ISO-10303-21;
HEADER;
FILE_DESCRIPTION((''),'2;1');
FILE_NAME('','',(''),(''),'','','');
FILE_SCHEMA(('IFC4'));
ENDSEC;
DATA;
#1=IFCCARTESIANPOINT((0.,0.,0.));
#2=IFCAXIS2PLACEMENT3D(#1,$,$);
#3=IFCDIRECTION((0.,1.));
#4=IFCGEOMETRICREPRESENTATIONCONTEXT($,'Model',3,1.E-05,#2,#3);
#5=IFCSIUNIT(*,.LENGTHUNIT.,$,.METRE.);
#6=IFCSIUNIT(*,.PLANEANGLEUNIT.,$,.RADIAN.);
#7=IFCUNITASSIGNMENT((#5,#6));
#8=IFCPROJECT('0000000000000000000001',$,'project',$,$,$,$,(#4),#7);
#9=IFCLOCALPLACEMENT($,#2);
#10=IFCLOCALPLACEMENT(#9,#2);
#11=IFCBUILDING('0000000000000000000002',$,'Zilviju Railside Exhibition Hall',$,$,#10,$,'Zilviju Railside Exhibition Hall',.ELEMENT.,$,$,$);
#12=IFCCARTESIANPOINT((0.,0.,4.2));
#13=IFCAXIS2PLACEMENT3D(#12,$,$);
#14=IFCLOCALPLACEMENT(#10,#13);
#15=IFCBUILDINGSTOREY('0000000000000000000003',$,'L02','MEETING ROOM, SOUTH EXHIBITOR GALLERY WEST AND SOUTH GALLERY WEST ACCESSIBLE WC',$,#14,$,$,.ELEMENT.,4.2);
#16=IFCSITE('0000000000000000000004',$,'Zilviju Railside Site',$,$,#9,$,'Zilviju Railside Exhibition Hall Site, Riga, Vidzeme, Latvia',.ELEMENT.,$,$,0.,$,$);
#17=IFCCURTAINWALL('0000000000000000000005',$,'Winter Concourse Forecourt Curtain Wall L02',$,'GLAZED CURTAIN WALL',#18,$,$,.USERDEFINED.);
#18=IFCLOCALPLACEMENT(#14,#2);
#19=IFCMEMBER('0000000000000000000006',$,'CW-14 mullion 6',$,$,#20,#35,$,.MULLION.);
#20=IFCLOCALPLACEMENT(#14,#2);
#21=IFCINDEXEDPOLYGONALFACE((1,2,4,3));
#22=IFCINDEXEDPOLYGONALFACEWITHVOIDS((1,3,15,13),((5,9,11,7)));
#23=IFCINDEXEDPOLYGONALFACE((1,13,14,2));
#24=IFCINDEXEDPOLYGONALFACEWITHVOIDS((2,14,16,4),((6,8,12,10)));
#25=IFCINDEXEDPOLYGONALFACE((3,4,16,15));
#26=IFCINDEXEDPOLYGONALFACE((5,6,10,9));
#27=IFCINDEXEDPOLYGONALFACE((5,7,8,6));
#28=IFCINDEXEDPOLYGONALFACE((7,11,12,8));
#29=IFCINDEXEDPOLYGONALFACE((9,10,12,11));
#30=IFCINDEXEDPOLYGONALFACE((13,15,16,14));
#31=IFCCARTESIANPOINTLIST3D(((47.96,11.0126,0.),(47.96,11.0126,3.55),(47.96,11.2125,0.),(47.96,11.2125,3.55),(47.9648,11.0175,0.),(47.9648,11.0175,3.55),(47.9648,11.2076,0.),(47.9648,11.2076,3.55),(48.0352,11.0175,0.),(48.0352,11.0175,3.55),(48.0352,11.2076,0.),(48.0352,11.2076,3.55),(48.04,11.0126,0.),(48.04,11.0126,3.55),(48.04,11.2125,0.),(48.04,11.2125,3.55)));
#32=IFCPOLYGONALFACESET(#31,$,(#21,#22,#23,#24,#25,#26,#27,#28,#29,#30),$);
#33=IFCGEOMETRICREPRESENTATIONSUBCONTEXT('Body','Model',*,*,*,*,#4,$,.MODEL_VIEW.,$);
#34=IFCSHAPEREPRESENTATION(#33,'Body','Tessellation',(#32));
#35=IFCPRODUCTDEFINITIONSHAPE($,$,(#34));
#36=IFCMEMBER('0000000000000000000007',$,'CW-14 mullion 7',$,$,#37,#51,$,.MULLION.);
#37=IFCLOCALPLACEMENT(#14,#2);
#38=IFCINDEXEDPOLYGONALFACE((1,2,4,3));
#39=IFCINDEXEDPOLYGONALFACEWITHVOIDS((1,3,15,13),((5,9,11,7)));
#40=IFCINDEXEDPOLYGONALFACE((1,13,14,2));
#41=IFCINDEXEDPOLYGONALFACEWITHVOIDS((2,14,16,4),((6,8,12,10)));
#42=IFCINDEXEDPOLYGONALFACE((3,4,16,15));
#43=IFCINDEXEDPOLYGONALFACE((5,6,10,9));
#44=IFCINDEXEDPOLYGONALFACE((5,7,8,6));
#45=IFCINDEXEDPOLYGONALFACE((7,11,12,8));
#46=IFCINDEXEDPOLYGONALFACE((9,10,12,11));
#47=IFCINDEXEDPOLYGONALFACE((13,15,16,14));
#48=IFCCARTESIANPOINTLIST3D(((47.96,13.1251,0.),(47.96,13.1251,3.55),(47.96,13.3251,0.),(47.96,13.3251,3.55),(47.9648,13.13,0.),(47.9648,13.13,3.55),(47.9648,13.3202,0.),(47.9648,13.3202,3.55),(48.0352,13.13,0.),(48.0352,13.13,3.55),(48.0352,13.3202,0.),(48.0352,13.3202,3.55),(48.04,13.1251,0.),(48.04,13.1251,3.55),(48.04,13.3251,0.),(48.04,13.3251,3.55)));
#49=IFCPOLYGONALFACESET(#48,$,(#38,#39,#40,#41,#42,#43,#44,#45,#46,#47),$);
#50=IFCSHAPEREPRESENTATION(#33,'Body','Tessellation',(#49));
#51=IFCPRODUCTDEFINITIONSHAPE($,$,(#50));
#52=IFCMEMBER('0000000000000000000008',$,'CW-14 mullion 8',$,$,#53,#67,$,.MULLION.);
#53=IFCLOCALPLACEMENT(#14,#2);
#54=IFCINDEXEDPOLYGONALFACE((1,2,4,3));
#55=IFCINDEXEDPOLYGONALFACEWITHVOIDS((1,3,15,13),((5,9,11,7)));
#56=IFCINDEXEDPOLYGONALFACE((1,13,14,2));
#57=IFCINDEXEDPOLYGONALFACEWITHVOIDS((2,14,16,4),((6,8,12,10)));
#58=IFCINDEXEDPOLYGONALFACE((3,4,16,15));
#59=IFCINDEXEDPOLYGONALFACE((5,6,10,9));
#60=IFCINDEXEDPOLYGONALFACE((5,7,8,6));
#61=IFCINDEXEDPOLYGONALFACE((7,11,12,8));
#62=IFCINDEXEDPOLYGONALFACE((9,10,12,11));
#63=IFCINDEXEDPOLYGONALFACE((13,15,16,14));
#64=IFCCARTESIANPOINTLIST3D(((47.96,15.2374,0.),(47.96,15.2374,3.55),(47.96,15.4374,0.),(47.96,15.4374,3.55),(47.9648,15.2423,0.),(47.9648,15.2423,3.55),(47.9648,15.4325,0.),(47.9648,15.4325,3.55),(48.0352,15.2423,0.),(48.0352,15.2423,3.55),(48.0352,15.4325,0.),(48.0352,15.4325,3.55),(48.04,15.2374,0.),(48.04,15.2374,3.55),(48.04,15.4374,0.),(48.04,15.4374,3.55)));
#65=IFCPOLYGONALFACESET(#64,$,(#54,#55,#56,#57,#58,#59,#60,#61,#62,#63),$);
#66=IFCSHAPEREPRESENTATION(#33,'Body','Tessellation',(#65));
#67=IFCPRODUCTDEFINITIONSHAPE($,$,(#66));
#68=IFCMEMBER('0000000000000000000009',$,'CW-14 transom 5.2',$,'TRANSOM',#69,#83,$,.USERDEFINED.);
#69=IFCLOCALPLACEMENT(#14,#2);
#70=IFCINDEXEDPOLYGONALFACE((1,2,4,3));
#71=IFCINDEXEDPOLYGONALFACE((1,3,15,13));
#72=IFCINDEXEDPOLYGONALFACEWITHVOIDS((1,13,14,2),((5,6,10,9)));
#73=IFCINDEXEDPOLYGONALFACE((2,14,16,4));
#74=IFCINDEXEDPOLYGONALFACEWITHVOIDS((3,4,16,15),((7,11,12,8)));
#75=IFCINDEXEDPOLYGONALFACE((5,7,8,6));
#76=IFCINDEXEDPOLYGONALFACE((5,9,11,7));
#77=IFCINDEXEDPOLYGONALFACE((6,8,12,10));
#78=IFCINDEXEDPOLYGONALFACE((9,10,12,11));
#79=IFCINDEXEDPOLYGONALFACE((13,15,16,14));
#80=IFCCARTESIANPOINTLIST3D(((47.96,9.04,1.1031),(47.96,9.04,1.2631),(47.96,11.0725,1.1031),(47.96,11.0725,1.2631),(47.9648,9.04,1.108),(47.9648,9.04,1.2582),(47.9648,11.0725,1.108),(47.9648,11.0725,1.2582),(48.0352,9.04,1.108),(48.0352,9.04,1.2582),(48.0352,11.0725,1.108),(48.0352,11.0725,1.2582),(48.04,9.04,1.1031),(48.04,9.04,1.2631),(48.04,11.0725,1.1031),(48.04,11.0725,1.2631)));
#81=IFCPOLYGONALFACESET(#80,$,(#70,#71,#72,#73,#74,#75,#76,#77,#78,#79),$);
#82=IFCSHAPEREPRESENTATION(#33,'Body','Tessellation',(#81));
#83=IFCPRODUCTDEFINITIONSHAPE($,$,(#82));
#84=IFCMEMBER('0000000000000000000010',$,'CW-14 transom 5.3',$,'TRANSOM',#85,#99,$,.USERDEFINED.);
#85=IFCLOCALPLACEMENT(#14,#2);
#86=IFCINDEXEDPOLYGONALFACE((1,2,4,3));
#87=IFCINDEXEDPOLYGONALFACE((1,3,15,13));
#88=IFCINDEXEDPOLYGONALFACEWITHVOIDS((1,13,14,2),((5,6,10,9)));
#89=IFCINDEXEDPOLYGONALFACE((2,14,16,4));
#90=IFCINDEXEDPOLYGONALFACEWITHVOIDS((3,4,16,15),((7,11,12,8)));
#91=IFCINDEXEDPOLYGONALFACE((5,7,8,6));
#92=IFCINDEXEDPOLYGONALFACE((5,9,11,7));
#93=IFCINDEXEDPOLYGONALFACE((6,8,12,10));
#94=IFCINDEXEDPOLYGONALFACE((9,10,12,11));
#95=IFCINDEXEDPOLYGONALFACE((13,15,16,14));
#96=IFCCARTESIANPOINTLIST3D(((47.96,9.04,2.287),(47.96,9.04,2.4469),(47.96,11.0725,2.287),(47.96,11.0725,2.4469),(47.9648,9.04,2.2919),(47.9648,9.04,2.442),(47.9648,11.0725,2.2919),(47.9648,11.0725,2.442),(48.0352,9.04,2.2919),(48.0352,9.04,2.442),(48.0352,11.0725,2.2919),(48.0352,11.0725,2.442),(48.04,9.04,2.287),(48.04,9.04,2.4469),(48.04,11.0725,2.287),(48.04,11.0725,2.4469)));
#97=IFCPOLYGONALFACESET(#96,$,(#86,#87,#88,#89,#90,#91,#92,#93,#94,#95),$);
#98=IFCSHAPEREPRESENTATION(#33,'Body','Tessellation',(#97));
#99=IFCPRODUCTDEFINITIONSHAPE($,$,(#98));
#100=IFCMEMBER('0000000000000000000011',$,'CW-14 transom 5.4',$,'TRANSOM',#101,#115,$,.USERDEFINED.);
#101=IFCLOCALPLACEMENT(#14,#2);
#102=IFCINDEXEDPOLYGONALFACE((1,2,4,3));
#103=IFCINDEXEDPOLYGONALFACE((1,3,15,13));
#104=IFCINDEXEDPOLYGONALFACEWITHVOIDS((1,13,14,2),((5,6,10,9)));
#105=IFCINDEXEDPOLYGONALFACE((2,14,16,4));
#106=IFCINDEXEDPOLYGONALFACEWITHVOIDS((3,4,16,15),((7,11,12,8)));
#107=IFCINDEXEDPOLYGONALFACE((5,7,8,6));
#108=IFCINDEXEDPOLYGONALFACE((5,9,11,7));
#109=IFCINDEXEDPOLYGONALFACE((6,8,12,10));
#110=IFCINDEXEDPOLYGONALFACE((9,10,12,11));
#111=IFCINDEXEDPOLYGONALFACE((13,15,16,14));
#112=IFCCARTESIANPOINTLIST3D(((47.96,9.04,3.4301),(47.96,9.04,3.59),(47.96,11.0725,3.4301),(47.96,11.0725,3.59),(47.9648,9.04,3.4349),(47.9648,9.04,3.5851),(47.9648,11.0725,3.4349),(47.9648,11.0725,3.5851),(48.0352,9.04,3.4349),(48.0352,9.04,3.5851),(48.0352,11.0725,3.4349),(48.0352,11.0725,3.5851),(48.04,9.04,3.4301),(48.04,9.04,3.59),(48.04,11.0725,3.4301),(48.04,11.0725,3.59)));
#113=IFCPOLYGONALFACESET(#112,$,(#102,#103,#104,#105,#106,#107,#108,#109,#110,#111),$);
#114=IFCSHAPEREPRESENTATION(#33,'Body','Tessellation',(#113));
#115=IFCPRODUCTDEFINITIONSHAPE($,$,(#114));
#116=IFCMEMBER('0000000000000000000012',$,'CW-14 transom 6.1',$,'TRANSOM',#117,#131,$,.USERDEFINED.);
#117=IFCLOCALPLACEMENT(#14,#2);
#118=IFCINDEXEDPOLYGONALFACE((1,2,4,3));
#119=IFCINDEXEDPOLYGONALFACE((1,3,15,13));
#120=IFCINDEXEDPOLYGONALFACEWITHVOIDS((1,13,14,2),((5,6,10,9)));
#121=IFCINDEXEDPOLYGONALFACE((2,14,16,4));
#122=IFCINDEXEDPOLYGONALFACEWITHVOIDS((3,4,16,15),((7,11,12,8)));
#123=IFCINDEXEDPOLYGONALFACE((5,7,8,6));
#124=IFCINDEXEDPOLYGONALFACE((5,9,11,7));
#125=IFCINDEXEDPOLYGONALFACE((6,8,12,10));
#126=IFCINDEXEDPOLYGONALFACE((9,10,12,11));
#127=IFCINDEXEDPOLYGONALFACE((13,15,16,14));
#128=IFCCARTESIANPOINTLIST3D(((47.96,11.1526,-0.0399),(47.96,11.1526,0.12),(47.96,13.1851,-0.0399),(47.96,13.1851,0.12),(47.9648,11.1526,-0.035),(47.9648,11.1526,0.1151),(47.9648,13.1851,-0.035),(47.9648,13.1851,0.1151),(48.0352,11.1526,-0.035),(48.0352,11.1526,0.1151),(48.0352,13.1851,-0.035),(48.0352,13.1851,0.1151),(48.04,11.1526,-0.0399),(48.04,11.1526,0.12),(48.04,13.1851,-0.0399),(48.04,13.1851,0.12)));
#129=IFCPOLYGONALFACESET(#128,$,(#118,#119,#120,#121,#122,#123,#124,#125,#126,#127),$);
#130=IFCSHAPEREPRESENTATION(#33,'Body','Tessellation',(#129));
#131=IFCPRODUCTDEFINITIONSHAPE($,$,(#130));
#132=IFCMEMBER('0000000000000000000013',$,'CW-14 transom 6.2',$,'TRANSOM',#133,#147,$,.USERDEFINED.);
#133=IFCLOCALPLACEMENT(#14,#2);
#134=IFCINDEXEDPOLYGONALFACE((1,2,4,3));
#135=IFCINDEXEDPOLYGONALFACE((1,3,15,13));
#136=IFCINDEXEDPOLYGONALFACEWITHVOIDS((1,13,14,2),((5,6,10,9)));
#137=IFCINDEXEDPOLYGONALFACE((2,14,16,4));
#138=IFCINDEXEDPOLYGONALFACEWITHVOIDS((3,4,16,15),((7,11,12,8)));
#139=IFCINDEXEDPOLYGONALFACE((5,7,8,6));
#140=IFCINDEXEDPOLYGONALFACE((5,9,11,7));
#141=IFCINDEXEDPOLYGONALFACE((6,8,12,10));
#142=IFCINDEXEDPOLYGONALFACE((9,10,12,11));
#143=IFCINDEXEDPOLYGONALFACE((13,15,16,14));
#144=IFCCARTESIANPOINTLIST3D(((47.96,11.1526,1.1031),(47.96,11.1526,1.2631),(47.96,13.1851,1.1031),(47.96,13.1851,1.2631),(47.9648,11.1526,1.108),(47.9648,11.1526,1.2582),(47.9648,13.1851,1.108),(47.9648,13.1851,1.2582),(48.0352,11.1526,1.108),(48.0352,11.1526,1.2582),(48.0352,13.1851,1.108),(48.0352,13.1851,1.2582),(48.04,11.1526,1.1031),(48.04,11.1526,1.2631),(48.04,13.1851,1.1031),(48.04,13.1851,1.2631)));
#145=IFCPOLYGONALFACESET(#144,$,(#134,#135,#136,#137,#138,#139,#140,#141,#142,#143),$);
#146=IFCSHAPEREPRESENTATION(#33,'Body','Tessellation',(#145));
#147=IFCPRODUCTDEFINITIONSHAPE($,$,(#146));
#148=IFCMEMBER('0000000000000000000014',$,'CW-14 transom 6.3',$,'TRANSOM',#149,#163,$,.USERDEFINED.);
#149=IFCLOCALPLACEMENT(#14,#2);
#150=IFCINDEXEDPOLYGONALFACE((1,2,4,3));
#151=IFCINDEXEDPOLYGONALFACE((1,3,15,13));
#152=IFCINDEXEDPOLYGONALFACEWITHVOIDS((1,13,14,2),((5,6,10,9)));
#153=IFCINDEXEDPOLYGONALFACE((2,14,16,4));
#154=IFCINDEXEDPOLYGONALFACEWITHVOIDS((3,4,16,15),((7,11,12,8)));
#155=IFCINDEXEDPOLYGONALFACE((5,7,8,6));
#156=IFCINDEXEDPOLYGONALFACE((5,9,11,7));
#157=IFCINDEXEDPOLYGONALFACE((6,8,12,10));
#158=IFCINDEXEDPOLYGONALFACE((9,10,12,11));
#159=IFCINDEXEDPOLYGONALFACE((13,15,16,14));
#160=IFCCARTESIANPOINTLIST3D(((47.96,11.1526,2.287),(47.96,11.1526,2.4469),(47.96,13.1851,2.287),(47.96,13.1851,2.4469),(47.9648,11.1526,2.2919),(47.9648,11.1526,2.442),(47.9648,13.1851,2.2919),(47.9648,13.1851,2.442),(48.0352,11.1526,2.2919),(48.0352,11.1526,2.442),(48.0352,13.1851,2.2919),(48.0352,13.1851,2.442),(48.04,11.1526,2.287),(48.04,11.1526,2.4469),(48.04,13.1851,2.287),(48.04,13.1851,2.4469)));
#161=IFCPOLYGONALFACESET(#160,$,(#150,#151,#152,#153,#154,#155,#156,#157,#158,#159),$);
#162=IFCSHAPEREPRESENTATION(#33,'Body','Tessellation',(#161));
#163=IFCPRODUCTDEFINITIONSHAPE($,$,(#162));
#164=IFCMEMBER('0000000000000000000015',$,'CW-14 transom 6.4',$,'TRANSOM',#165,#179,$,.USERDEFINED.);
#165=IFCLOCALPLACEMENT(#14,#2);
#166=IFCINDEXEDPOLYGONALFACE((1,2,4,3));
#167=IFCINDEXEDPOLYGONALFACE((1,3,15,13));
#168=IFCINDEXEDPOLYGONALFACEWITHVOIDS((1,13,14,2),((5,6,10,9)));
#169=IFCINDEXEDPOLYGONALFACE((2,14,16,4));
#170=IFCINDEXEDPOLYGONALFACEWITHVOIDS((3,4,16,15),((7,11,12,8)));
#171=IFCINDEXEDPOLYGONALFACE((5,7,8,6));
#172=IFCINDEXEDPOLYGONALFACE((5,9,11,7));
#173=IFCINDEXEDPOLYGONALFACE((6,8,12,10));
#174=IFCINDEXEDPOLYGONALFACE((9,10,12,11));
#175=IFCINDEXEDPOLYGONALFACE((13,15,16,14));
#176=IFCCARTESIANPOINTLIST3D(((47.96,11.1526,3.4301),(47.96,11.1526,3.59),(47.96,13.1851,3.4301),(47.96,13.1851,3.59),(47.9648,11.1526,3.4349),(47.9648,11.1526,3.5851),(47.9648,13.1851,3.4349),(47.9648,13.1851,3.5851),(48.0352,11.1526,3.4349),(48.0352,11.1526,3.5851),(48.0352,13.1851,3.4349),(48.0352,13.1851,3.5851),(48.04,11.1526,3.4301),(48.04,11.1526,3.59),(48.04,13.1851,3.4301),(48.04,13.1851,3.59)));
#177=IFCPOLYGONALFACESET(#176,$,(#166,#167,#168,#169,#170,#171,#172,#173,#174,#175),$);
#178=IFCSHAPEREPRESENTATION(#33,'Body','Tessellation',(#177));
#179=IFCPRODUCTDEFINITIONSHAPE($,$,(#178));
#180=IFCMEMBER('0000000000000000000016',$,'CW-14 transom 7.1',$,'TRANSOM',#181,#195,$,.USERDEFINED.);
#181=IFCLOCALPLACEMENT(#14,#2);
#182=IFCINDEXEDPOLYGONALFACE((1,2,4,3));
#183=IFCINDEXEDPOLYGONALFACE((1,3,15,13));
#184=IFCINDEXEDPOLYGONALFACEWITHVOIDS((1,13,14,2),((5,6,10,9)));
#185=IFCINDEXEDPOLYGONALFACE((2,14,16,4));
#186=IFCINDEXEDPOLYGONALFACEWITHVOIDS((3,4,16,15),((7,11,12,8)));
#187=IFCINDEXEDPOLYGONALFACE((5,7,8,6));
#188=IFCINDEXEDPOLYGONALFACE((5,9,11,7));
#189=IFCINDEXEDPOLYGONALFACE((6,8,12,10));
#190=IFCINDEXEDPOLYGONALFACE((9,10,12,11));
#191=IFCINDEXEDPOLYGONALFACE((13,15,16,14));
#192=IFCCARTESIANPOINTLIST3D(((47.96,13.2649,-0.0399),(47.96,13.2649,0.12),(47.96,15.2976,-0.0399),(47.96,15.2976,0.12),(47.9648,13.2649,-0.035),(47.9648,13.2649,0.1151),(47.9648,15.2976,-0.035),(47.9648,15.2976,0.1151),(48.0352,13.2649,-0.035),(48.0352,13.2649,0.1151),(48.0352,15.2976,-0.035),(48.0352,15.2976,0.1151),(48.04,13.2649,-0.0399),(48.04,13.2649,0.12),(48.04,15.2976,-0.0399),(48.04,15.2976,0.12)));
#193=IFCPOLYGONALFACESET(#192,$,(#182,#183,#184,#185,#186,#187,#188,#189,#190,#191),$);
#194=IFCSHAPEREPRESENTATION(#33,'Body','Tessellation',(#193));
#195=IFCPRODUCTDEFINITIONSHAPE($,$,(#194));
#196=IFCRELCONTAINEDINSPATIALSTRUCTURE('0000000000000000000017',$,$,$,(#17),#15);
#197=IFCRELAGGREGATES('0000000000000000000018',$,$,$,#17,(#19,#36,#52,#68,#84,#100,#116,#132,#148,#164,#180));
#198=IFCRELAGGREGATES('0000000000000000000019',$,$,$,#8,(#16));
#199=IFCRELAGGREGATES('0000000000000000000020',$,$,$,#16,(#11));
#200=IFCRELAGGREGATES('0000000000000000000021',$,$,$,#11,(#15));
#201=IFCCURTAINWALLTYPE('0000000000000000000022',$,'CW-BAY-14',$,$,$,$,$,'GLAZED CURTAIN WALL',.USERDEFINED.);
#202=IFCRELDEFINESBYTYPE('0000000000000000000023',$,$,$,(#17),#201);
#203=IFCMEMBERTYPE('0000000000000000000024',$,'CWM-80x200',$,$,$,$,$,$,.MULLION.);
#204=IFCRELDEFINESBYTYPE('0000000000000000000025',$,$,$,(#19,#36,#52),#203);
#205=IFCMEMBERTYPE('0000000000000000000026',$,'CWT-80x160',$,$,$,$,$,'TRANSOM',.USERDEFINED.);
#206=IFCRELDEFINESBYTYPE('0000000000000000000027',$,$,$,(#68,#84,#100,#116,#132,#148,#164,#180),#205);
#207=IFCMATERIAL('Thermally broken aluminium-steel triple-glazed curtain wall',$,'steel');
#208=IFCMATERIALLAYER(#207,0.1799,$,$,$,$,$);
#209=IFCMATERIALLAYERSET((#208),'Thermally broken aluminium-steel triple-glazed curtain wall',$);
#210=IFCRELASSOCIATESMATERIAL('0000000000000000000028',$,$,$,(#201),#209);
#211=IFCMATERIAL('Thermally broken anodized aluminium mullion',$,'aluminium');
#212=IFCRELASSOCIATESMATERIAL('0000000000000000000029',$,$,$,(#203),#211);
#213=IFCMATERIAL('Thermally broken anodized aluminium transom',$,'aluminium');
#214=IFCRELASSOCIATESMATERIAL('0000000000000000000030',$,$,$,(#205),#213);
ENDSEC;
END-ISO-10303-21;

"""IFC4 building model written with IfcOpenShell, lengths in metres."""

from ifc_helpers import new_model, si_unit, direction, frame, origin, origin_2d, place, context, subcontext, project, spatial, hollow_rectangle, extrude, material, layer, layer_set, material_profile, profile_set, type_object, element, aggregate, save


model = new_model("IFC4")

# Units and contexts
model_context = context("Model", 3, precision=1e-05, world=origin(), true_north=direction((0.0, 1.0)))
body_context = subcontext(model_context, "Body", "Model", "MODEL_VIEW")
ifc_project = project(units=[si_unit("LENGTHUNIT", "METRE"), si_unit("PLANEANGLEUNIT", "RADIAN")], contexts=[model_context])

# Site, building, storey
site_placement = place(None, origin())
site = spatial("IfcSite", under=ifc_project, at=site_placement, Name="Zilviju Railside Site", LongName="Zilviju Railside Exhibition Hall Site, Riga, Vidzeme, Latvia", CompositionType="ELEMENT", RefElevation=0.0)
building_placement = place(site_placement, origin())
building = spatial("IfcBuilding", under=site, at=building_placement, Name="Zilviju Railside Exhibition Hall", LongName="Zilviju Railside Exhibition Hall", CompositionType="ELEMENT")
storey_placement = place(building_placement, frame((0.0, 0.0, 4.2)))
storey = spatial("IfcBuildingStorey", under=building, at=storey_placement, Name="L02", Description="MEETING ROOM, SOUTH EXHIBITOR GALLERY WEST AND SOUTH GALLERY WEST ACCESSIBLE WC", CompositionType="ELEMENT", Elevation=4.2)

# Curtain wall, members
ifc_material_1 = material(Name="Thermally broken aluminium-steel triple-glazed curtain wall", Category="steel")
ifc_layer_1 = layer(ifc_material_1, 0.1799)
ifc_layer_set_1 = layer_set([ifc_layer_1], Name="Thermally broken aluminium-steel triple-glazed curtain wall")
curtain_wall_type = type_object("IfcCurtainWallType", Name="CW-BAY-14", ElementType="GLAZED CURTAIN WALL", PredefinedType="USERDEFINED", material=ifc_layer_set_1)
curtain_wall_placement = place(storey_placement, origin())
curtain_wall = element("IfcCurtainWall", 1, at=curtain_wall_placement, inside=storey, type_object=curtain_wall_type, Name="Winter Concourse Forecourt Curtain Wall L02", ObjectType="GLAZED CURTAIN WALL", PredefinedType="USERDEFINED")
ifc_material_2 = material(Name="Thermally broken anodized aluminium mullion", Category="aluminium")
ifc_material_profile_1 = material_profile(ifc_material_2, hollow_rectangle(XDim=0.0801, YDim=0.2, WallThickness=0.0049, at=origin_2d()), Name="MULLION 200x80x5")
ifc_profile_set_1 = profile_set([ifc_material_profile_1], Name="Thermally broken anodized aluminium mullion")
member_type_1 = type_object("IfcMemberType", Name="CWM-80x200", PredefinedType="MULLION", material=ifc_profile_set_1)
member_1_placement = place(storey_placement, frame((48.0, 11.1125, 0.0), z_axis=(0.0, 0.0, 1.0), x_axis=(-1.0, 0.0, 0.0)))
member_1 = element("IfcMember", 2, at=member_1_placement, type_object=member_type_1, Name="CW-14 mullion 6", PredefinedType="MULLION", context=body_context, shape_type="SweptSolid", body=[
    extrude(hollow_rectangle(XDim=0.0801, YDim=0.2, WallThickness=0.0049, at=origin_2d()), origin(), (0.0, 0.0, 1.0), 3.55),
])
member_2_placement = place(storey_placement, frame((48.0, 13.2251, 0.0), z_axis=(0.0, 0.0, 1.0), x_axis=(-1.0, 0.0, 0.0)))
member_2 = element("IfcMember", 3, at=member_2_placement, type_object=member_type_1, Name="CW-14 mullion 7", PredefinedType="MULLION", context=body_context, shape_type="SweptSolid", body=[
    extrude(hollow_rectangle(XDim=0.0801, YDim=0.2, WallThickness=0.0049, at=origin_2d()), origin(), (0.0, 0.0, 1.0), 3.55),
])
member_3_placement = place(storey_placement, frame((48.0, 15.3374, 0.0), z_axis=(0.0, 0.0, 1.0), x_axis=(-1.0, 0.0, 0.0)))
member_3 = element("IfcMember", 4, at=member_3_placement, type_object=member_type_1, Name="CW-14 mullion 8", PredefinedType="MULLION", context=body_context, shape_type="SweptSolid", body=[
    extrude(hollow_rectangle(XDim=0.0801, YDim=0.2, WallThickness=0.0049, at=origin_2d()), origin(), (0.0, 0.0, 1.0), 3.55),
])
ifc_material_3 = material(Name="Thermally broken anodized aluminium transom", Category="aluminium")
ifc_material_profile_2 = material_profile(ifc_material_3, hollow_rectangle(XDim=0.0801, YDim=0.1599, WallThickness=0.0049, at=origin_2d()), Name="TRANSOM 160x80x5")
ifc_profile_set_2 = profile_set([ifc_material_profile_2], Name="Thermally broken anodized aluminium transom")
member_type_2 = type_object("IfcMemberType", Name="CWT-80x160", ElementType="TRANSOM", PredefinedType="USERDEFINED", material=ifc_profile_set_2)
member_4_placement = place(storey_placement, frame((48.0, 9.04, 1.1831), z_axis=(0.0, 1.0, 0.0), x_axis=(-1.0, 0.0, 0.0)))
member_4 = element("IfcMember", 5, at=member_4_placement, type_object=member_type_2, Name="CW-14 transom 5.2", ObjectType="TRANSOM", PredefinedType="USERDEFINED", context=body_context, shape_type="SweptSolid", body=[
    extrude(hollow_rectangle(XDim=0.0801, YDim=0.1599, WallThickness=0.0049, at=origin_2d()), origin(), (0.0, 0.0, 1.0), 2.0325),
])
member_5_placement = place(storey_placement, frame((48.0, 9.04, 2.3669), z_axis=(0.0, 1.0, 0.0), x_axis=(-1.0, 0.0, 0.0)))
member_5 = element("IfcMember", 6, at=member_5_placement, type_object=member_type_2, Name="CW-14 transom 5.3", ObjectType="TRANSOM", PredefinedType="USERDEFINED", context=body_context, shape_type="SweptSolid", body=[
    extrude(hollow_rectangle(XDim=0.0801, YDim=0.1599, WallThickness=0.0049, at=origin_2d()), origin(), (0.0, 0.0, 1.0), 2.0325),
])
member_6_placement = place(storey_placement, frame((48.0, 9.04, 3.51), z_axis=(0.0, 1.0, 0.0), x_axis=(-1.0, 0.0, 0.0)))
member_6 = element("IfcMember", 7, at=member_6_placement, type_object=member_type_2, Name="CW-14 transom 5.4", ObjectType="TRANSOM", PredefinedType="USERDEFINED", context=body_context, shape_type="SweptSolid", body=[
    extrude(hollow_rectangle(XDim=0.0801, YDim=0.1599, WallThickness=0.0049, at=origin_2d()), origin(), (0.0, 0.0, 1.0), 2.0325),
])
member_7_placement = place(storey_placement, frame((48.0, 11.1526, 0.04), z_axis=(0.0, 1.0, 0.0), x_axis=(-1.0, 0.0, 0.0)))
member_7 = element("IfcMember", 8, at=member_7_placement, type_object=member_type_2, Name="CW-14 transom 6.1", ObjectType="TRANSOM", PredefinedType="USERDEFINED", context=body_context, shape_type="SweptSolid", body=[
    extrude(hollow_rectangle(XDim=0.0801, YDim=0.1599, WallThickness=0.0049, at=origin_2d()), origin(), (0.0, 0.0, 1.0), 2.0325),
])
member_8_placement = place(storey_placement, frame((48.0, 11.1526, 1.1831), z_axis=(0.0, 1.0, 0.0), x_axis=(-1.0, 0.0, 0.0)))
member_8 = element("IfcMember", 9, at=member_8_placement, type_object=member_type_2, Name="CW-14 transom 6.2", ObjectType="TRANSOM", PredefinedType="USERDEFINED", context=body_context, shape_type="SweptSolid", body=[
    extrude(hollow_rectangle(XDim=0.0801, YDim=0.1599, WallThickness=0.0049, at=origin_2d()), origin(), (0.0, 0.0, 1.0), 2.0325),
])
member_9_placement = place(storey_placement, frame((48.0, 11.1526, 2.3669), z_axis=(0.0, 1.0, 0.0), x_axis=(-1.0, 0.0, 0.0)))
member_9 = element("IfcMember", 10, at=member_9_placement, type_object=member_type_2, Name="CW-14 transom 6.3", ObjectType="TRANSOM", PredefinedType="USERDEFINED", context=body_context, shape_type="SweptSolid", body=[
    extrude(hollow_rectangle(XDim=0.0801, YDim=0.1599, WallThickness=0.0049, at=origin_2d()), origin(), (0.0, 0.0, 1.0), 2.0325),
])
member_10_placement = place(storey_placement, frame((48.0, 11.1526, 3.51), z_axis=(0.0, 1.0, 0.0), x_axis=(-1.0, 0.0, 0.0)))
member_10 = element("IfcMember", 11, at=member_10_placement, type_object=member_type_2, Name="CW-14 transom 6.4", ObjectType="TRANSOM", PredefinedType="USERDEFINED", context=body_context, shape_type="SweptSolid", body=[
    extrude(hollow_rectangle(XDim=0.0801, YDim=0.1599, WallThickness=0.0049, at=origin_2d()), origin(), (0.0, 0.0, 1.0), 2.0325),
])
member_11_placement = place(storey_placement, frame((48.0, 13.2649, 0.04), z_axis=(0.0, 1.0, 0.0), x_axis=(-1.0, 0.0, 0.0)))
member_11 = element("IfcMember", 12, at=member_11_placement, type_object=member_type_2, Name="CW-14 transom 7.1", ObjectType="TRANSOM", PredefinedType="USERDEFINED", context=body_context, shape_type="SweptSolid", body=[
    extrude(hollow_rectangle(XDim=0.0801, YDim=0.1599, WallThickness=0.0049, at=origin_2d()), origin(), (0.0, 0.0, 1.0), 2.0327),
])
aggregate(curtain_wall, [member_1, member_2, member_3, member_4, member_5, member_6, member_7, member_8, member_9, member_10, member_11])

save(model, "model.ifc")
